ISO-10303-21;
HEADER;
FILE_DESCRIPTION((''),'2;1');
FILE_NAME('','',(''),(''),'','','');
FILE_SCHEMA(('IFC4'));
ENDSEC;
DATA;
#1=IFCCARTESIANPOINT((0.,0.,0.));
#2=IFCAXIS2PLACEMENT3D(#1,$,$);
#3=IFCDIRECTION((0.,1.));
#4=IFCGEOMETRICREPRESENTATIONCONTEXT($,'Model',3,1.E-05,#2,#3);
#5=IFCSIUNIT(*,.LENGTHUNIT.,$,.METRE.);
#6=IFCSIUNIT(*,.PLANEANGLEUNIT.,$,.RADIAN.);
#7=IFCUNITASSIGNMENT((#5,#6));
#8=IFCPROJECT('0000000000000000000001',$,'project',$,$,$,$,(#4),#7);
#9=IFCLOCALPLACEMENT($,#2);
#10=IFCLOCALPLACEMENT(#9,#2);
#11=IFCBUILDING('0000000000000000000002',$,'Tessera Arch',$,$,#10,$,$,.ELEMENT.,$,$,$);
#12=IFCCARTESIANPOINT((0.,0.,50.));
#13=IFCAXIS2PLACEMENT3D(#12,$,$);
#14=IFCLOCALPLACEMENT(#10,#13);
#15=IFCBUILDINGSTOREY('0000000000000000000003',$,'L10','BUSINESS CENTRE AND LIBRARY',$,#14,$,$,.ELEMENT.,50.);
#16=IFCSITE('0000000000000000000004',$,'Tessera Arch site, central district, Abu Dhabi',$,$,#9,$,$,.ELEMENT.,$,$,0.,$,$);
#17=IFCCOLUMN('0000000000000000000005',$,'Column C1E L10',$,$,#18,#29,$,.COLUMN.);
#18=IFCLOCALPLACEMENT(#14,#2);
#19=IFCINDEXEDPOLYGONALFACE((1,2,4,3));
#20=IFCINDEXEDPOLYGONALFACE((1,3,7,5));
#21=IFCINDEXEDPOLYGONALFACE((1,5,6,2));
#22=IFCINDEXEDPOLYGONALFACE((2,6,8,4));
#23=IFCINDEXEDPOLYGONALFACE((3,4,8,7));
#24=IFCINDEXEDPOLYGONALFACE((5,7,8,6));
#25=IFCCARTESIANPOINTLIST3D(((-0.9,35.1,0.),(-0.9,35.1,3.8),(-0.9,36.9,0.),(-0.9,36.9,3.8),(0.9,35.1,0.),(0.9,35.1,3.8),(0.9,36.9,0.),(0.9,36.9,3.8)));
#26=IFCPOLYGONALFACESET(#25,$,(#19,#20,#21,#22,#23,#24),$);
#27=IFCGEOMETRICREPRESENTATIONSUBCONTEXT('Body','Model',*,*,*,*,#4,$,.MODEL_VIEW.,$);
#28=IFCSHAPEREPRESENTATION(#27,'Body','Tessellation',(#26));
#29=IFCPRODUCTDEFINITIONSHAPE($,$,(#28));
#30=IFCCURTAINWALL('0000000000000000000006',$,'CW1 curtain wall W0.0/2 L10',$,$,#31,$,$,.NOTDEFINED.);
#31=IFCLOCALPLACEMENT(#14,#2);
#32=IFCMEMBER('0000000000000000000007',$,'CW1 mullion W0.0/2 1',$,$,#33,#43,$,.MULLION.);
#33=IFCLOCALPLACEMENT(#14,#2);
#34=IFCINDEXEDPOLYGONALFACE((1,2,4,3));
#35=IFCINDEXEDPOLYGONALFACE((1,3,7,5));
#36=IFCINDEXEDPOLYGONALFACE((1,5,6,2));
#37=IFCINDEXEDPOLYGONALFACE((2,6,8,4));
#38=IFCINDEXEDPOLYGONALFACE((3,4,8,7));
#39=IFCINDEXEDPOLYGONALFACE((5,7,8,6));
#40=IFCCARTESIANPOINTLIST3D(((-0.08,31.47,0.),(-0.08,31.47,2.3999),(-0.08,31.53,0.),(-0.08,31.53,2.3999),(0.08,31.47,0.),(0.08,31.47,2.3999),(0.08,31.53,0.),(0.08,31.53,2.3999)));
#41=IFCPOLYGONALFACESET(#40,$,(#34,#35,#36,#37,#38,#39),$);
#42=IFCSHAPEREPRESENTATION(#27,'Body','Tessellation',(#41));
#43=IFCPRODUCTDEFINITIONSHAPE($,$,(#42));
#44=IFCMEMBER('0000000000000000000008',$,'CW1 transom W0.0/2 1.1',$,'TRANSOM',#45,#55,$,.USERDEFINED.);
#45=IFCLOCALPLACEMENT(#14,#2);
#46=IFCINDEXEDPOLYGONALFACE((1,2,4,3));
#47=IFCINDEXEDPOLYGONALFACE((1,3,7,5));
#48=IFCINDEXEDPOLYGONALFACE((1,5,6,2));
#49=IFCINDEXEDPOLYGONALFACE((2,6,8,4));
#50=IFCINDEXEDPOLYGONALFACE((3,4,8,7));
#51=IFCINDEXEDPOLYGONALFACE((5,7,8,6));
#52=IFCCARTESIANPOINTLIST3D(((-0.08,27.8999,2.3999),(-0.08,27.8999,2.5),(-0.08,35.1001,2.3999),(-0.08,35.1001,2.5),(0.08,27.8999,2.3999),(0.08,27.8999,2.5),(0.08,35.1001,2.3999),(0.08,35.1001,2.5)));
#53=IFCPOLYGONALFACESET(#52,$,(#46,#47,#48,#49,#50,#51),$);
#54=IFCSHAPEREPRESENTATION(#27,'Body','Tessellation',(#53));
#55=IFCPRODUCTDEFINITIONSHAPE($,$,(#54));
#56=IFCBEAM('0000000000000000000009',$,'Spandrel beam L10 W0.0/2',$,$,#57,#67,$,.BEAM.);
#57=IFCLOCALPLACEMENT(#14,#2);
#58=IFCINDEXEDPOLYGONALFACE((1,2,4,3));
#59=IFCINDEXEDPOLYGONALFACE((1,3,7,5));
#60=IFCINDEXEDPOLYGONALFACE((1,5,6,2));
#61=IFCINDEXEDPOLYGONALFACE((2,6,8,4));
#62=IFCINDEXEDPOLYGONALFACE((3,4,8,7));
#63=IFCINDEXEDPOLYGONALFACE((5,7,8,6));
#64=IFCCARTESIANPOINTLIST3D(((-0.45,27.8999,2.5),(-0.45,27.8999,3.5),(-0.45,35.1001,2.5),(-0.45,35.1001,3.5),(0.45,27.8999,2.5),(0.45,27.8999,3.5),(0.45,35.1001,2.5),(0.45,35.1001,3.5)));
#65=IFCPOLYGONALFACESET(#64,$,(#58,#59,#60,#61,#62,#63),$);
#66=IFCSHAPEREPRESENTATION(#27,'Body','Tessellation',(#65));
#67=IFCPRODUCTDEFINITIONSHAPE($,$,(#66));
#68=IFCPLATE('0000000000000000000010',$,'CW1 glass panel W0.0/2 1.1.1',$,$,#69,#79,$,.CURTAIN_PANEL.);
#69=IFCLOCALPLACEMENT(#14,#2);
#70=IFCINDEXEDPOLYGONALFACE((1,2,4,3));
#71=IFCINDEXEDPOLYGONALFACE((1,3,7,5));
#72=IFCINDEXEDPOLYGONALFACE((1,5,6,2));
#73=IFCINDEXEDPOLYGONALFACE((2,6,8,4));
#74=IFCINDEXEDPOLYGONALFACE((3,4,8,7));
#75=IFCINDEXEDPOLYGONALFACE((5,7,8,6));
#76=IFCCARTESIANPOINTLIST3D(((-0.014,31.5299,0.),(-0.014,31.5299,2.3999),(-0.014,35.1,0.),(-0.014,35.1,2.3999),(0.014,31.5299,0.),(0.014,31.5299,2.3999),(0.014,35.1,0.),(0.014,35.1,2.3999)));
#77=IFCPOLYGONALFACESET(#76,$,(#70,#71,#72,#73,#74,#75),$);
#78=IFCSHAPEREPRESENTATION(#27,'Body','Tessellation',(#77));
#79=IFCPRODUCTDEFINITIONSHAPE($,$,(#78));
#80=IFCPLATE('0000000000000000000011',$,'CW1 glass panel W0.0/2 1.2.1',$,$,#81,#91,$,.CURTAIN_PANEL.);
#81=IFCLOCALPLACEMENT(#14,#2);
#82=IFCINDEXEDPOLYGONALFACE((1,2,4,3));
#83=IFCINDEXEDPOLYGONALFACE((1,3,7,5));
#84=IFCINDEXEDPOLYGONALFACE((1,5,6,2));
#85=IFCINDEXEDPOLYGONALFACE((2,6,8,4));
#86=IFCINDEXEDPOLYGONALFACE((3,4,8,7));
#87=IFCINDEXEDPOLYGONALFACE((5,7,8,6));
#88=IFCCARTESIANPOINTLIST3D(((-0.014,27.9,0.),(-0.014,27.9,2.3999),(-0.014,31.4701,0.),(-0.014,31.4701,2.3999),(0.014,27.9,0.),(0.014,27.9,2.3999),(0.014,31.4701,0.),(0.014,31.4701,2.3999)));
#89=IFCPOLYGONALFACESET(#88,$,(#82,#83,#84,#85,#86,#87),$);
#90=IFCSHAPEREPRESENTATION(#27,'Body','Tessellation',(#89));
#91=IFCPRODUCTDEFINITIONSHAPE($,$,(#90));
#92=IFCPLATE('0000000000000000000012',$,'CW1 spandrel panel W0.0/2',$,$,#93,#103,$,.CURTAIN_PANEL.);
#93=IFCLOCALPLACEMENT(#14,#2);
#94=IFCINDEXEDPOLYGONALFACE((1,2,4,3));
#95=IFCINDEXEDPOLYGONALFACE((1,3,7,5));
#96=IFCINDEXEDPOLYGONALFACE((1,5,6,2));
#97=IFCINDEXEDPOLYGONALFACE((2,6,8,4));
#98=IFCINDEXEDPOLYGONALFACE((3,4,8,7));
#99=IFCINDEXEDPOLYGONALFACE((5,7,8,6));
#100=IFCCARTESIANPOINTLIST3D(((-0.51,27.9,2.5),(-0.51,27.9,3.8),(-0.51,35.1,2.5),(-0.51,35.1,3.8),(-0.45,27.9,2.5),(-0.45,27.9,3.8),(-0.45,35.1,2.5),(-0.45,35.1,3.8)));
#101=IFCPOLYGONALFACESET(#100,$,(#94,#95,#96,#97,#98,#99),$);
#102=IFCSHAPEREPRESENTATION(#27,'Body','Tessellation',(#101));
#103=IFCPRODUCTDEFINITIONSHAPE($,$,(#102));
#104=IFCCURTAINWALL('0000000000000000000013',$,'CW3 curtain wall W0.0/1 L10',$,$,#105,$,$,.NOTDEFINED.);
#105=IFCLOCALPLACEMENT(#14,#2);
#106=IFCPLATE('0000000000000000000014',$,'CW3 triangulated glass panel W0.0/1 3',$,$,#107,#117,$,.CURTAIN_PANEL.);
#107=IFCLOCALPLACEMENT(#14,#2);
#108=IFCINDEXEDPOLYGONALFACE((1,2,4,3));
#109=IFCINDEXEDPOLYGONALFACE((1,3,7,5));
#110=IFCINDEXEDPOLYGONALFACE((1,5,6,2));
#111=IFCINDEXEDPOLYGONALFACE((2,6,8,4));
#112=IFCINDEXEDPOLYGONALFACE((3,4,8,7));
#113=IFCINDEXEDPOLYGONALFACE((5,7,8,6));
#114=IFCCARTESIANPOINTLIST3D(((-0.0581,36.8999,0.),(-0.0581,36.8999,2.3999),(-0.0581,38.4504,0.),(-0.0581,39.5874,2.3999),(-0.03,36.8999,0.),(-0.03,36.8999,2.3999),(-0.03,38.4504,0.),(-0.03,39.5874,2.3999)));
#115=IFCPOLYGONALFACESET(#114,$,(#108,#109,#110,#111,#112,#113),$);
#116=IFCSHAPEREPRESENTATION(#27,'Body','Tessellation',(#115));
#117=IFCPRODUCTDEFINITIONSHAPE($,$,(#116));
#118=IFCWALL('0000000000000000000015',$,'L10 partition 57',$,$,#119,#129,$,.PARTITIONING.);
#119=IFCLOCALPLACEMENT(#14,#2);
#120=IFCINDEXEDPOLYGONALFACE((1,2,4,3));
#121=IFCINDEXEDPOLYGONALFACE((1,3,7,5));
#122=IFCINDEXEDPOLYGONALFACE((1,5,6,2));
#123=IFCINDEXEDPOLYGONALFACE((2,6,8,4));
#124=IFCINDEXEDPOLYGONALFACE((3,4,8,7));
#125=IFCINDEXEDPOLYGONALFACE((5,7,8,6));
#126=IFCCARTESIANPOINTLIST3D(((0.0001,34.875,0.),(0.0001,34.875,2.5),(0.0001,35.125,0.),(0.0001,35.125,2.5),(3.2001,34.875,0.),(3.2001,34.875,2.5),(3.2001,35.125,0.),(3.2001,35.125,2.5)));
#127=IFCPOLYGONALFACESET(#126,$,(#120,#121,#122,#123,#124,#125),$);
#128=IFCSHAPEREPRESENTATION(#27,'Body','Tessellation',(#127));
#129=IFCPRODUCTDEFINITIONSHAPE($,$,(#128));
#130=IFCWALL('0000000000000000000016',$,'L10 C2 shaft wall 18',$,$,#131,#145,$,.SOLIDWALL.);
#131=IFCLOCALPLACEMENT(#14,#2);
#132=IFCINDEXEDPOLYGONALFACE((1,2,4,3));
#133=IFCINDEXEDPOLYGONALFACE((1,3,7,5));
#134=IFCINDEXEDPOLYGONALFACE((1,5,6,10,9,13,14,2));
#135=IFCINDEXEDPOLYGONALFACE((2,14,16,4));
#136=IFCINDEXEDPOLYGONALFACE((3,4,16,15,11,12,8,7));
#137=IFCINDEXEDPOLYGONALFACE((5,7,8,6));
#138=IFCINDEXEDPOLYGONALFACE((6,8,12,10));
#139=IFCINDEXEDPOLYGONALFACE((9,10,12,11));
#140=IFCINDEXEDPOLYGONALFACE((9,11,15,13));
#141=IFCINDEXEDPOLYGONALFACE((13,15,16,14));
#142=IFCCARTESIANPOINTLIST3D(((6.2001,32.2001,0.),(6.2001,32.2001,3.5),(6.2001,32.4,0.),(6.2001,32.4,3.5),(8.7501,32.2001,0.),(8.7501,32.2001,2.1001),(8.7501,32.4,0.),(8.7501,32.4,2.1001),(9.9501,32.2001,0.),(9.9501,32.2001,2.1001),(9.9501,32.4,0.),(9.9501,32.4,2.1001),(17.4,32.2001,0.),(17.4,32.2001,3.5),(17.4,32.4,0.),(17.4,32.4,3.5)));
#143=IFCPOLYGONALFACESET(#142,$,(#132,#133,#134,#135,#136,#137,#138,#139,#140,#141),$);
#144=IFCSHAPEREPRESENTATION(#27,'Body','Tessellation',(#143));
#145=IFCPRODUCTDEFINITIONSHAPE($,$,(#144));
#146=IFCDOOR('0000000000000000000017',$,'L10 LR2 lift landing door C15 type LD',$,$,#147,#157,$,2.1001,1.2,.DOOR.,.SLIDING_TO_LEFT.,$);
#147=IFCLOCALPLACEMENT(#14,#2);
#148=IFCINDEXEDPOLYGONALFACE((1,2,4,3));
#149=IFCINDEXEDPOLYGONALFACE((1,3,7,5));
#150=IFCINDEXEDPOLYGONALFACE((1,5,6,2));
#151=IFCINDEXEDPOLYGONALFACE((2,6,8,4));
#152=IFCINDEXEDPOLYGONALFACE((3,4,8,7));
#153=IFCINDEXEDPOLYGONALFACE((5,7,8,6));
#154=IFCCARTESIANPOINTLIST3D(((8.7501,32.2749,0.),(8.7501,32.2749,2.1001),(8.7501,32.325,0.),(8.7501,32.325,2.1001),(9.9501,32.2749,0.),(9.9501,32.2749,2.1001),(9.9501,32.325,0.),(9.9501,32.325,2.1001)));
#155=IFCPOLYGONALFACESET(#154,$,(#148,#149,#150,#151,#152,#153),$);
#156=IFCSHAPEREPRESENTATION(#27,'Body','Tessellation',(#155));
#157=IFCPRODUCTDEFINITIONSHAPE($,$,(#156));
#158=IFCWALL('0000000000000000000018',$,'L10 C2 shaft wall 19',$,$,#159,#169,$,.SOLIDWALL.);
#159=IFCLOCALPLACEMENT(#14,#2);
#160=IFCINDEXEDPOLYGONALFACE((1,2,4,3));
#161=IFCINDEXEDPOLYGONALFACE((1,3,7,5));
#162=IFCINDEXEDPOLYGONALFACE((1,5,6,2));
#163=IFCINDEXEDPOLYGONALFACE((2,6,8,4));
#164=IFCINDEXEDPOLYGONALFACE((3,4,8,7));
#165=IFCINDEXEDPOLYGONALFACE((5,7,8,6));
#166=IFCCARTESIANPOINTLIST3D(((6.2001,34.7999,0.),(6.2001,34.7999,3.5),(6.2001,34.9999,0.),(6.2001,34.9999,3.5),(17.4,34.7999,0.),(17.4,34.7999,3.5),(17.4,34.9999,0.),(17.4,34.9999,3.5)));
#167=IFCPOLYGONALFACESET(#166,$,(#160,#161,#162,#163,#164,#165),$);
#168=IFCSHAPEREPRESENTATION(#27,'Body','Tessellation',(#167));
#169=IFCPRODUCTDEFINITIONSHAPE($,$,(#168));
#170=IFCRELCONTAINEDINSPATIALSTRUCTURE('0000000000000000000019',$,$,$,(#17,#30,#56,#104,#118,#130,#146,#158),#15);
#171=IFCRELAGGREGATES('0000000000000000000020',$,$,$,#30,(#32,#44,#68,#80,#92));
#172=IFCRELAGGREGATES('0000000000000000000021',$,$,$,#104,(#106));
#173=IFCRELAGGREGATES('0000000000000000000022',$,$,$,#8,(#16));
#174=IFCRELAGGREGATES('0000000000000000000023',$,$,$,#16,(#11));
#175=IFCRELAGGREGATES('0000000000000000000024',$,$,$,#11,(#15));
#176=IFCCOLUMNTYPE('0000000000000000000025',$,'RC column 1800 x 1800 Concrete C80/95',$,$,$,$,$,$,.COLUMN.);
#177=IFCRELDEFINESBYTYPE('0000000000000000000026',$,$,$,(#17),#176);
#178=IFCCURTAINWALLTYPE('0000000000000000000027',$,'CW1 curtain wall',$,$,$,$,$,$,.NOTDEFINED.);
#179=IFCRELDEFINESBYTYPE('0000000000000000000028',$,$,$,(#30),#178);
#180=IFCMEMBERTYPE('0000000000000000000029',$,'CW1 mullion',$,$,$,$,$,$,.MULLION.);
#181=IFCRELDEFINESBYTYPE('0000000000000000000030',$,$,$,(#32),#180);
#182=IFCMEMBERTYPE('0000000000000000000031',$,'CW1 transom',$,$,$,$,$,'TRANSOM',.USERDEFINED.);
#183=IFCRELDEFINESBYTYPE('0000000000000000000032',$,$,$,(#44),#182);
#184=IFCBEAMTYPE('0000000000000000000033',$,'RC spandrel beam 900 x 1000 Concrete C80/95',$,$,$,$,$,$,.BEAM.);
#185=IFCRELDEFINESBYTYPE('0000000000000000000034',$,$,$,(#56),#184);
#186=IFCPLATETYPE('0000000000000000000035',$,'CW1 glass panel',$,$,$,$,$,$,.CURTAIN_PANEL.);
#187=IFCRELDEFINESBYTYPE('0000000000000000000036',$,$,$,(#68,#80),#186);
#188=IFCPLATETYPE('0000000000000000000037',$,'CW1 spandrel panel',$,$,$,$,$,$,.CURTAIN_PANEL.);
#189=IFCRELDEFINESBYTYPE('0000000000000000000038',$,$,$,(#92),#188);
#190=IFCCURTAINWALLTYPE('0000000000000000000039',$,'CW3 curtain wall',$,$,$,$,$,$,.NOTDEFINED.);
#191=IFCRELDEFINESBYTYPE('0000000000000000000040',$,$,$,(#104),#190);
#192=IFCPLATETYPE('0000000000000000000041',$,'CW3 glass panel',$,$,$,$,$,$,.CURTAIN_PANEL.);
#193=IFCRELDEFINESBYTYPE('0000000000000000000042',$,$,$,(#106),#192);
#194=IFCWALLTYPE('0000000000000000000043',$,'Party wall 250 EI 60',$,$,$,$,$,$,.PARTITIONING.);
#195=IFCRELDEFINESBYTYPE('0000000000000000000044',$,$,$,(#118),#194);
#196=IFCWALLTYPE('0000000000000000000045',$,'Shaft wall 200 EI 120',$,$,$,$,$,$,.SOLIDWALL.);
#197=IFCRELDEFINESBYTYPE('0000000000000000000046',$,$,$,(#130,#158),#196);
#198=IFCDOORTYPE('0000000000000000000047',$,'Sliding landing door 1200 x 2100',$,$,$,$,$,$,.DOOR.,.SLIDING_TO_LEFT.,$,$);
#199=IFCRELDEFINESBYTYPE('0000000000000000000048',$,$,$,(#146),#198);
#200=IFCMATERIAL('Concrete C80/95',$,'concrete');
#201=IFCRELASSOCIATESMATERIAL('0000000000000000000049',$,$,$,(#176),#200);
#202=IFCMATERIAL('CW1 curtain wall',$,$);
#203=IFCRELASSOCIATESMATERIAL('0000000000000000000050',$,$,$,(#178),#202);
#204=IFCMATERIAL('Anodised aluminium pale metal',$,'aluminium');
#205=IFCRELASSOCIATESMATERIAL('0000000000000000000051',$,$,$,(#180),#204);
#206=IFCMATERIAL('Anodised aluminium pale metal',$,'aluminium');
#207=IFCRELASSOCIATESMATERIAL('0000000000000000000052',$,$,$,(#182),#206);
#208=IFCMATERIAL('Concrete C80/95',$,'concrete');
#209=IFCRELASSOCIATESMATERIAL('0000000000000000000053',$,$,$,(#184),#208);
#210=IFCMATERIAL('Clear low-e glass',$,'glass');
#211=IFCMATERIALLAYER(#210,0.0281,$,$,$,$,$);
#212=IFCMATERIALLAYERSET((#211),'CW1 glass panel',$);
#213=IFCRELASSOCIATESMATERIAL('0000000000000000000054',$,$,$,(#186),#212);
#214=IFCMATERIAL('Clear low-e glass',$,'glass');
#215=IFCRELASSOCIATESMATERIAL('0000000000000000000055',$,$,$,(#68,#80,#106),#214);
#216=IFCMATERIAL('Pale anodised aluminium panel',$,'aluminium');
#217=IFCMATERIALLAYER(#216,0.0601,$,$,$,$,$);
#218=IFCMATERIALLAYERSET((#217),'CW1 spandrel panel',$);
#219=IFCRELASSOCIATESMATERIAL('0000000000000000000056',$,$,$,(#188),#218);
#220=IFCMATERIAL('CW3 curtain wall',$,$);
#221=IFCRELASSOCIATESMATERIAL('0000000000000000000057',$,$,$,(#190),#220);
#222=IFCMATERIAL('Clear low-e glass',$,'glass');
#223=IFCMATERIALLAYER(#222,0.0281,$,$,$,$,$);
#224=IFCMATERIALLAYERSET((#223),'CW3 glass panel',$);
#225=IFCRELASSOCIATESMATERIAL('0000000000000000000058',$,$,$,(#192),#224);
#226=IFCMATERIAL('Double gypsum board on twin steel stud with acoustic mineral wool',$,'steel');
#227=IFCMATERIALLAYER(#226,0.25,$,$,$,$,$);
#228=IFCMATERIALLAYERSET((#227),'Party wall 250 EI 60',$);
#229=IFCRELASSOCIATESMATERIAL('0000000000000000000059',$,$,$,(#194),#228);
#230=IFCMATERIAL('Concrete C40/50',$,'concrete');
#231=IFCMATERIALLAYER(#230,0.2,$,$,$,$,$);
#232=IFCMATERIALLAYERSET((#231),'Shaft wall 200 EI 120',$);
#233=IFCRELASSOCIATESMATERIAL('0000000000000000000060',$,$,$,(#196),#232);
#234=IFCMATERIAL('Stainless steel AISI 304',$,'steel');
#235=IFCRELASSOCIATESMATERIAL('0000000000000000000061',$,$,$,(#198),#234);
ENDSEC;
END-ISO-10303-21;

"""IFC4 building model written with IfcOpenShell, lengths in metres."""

from ifc_helpers import new_model, si_unit, direction, frame, frame_2d, origin, origin_2d, place, context, subcontext, project, spatial, polyline, rectangle, outline, extrude, material, layer, layer_set, material_profile, profile_set, type_object, element, fill, aggregate, save


model = new_model("IFC4")

# Units and contexts
model_context = context("Model", 3, precision=1e-05, world=origin(), true_north=direction((0.0, 1.0)))
body_context = subcontext(model_context, "Body", "Model", "MODEL_VIEW")
ifc_project = project(units=[si_unit("LENGTHUNIT", "METRE"), si_unit("PLANEANGLEUNIT", "RADIAN")], contexts=[model_context])

# Site, building, storey
site_placement = place(None, origin())
site = spatial("IfcSite", under=ifc_project, at=site_placement, Name="Tessera Arch site, central district, Abu Dhabi", CompositionType="ELEMENT", RefElevation=0.0)
building_placement = place(site_placement, origin())
building = spatial("IfcBuilding", under=site, at=building_placement, Name="Tessera Arch", CompositionType="ELEMENT")
storey_placement = place(building_placement, frame((0.0, 0.0, 50.0)))
storey = spatial("IfcBuildingStorey", under=building, at=storey_placement, Name="L10", Description="BUSINESS CENTRE AND LIBRARY", CompositionType="ELEMENT", Elevation=50.0)

# Column
ifc_material_1 = material(Name="Concrete C80/95", Category="concrete")
ifc_material_profile_1 = material_profile(ifc_material_1, rectangle(XDim=1.8, YDim=1.8, at=origin_2d()), Name="RC column 1800 x 1800 Concrete C80/95")
ifc_profile_set_1 = profile_set([ifc_material_profile_1], Name="Concrete C80/95")
column_type = type_object("IfcColumnType", Name="RC column 1800 x 1800 Concrete C80/95", PredefinedType="COLUMN", material=ifc_profile_set_1)
column_placement = place(storey_placement, frame((0.0, 36.0, 0.0), z_axis=(0.0, 0.0, 1.0), x_axis=(1.0, 0.0, 0.0)))
element("IfcColumn", 1, at=column_placement, inside=storey, type_object=column_type, Name="Column C1E L10", PredefinedType="COLUMN", context=body_context, shape_type="SweptSolid", body=[
    extrude(rectangle(XDim=1.8, YDim=1.8, at=origin_2d()), origin(), (0.0, 0.0, 1.0), 3.8),
])

# Curtain wall, members
ifc_material_2 = material(Name="CW1 curtain wall")
curtain_wall_type_1 = type_object("IfcCurtainWallType", Name="CW1 curtain wall", PredefinedType="NOTDEFINED", material=ifc_material_2)
curtain_wall_1_placement = place(storey_placement, origin())
curtain_wall_1 = element("IfcCurtainWall", 2, at=curtain_wall_1_placement, inside=storey, type_object=curtain_wall_type_1, Name="CW1 curtain wall W0.0/2 L10", PredefinedType="NOTDEFINED")
ifc_material_3 = material(Name="Anodised aluminium pale metal", Category="aluminium")
ifc_material_profile_2 = material_profile(ifc_material_3, rectangle(XDim=0.1599, YDim=0.0601, at=origin_2d()), Name="AL 60x160")
ifc_profile_set_2 = profile_set([ifc_material_profile_2], Name="Anodised aluminium pale metal")
member_type_1 = type_object("IfcMemberType", Name="CW1 mullion", PredefinedType="MULLION", material=ifc_profile_set_2)
member_1_placement = place(storey_placement, frame((0.0, 31.5, 0.0), z_axis=(0.0, 0.0, 1.0), x_axis=(1.0, 0.0, 0.0)))
member_1 = element("IfcMember", 3, at=member_1_placement, type_object=member_type_1, Name="CW1 mullion W0.0/2 1", PredefinedType="MULLION", context=body_context, shape_type="SweptSolid", body=[
    extrude(rectangle(XDim=0.1599, YDim=0.0601, at=origin_2d()), origin(), (0.0, 0.0, 1.0), 2.3999),
])
ifc_material_4 = material(Name="Anodised aluminium pale metal", Category="aluminium")
ifc_material_profile_3 = material_profile(ifc_material_4, rectangle(XDim=0.1599, YDim=0.1001, at=origin_2d()), Name="AL 160x100")
ifc_profile_set_3 = profile_set([ifc_material_profile_3], Name="Anodised aluminium pale metal")
member_type_2 = type_object("IfcMemberType", Name="CW1 transom", ElementType="TRANSOM", PredefinedType="USERDEFINED", material=ifc_profile_set_3)
member_2_placement = place(storey_placement, frame((0.0, 35.1001, 2.45), z_axis=(0.0, -1.0, 0.0), x_axis=(1.0, 0.0, 0.0)))
member_2 = element("IfcMember", 4, at=member_2_placement, type_object=member_type_2, Name="CW1 transom W0.0/2 1.1", ObjectType="TRANSOM", PredefinedType="USERDEFINED", context=body_context, shape_type="SweptSolid", body=[
    extrude(rectangle(XDim=0.1599, YDim=0.1001, at=origin_2d()), origin(), (0.0, 0.0, 1.0), 7.2002),
])

# Beam
ifc_material_5 = material(Name="Concrete C80/95", Category="concrete")
ifc_material_profile_4 = material_profile(ifc_material_5, rectangle(XDim=0.8999, YDim=1.0, at=origin_2d()), Name="RC spandrel beam 900 x 1000 Concrete C80/95")
ifc_profile_set_4 = profile_set([ifc_material_profile_4], Name="Concrete C80/95")
beam_type = type_object("IfcBeamType", Name="RC spandrel beam 900 x 1000 Concrete C80/95", PredefinedType="BEAM", material=ifc_profile_set_4)
beam_placement = place(storey_placement, frame((0.0, 35.1001, 3.0), z_axis=(0.0, -1.0, 0.0), x_axis=(1.0, 0.0, 0.0)))
element("IfcBeam", 5, at=beam_placement, inside=storey, type_object=beam_type, Name="Spandrel beam L10 W0.0/2", PredefinedType="BEAM", context=body_context, shape_type="SweptSolid", body=[
    extrude(rectangle(XDim=0.8999, YDim=1.0, at=origin_2d()), origin(), (0.0, 0.0, 1.0), 7.2002),
])

# Plates
ifc_material_6 = material(Name="Clear low-e glass", Category="glass")
ifc_material_7 = material(Name="Clear low-e glass", Category="glass")
ifc_layer_1 = layer(ifc_material_7, 0.0281)
ifc_layer_set_1 = layer_set([ifc_layer_1], Name="CW1 glass panel")
plate_type_1 = type_object("IfcPlateType", Name="CW1 glass panel", PredefinedType="CURTAIN_PANEL", material=ifc_layer_set_1)
plate_1_placement = place(storey_placement, frame((0.0, 33.3149, 0.0), z_axis=(0.0, 0.0, 1.0), x_axis=(0.0, -1.0, 0.0)))
plate_1 = element("IfcPlate", 6, at=plate_1_placement, type_object=plate_type_1, material=ifc_material_6, Name="CW1 glass panel W0.0/2 1.1.1", PredefinedType="CURTAIN_PANEL", context=body_context, shape_type="SweptSolid", body=[
    extrude(rectangle(XDim=3.5701, YDim=0.0281, at=origin_2d()), origin(), (0.0, 0.0, 1.0), 2.3999),
])
plate_2_placement = place(storey_placement, frame((0.0, 29.6851, 0.0), z_axis=(0.0, 0.0, 1.0), x_axis=(0.0, -1.0, 0.0)))
plate_2 = element("IfcPlate", 7, at=plate_2_placement, type_object=plate_type_1, material=ifc_material_6, Name="CW1 glass panel W0.0/2 1.2.1", PredefinedType="CURTAIN_PANEL", context=body_context, shape_type="SweptSolid", body=[
    extrude(rectangle(XDim=3.5701, YDim=0.0281, at=origin_2d()), origin(), (0.0, 0.0, 1.0), 2.3999),
])
ifc_material_8 = material(Name="Pale anodised aluminium panel", Category="aluminium")
ifc_layer_2 = layer(ifc_material_8, 0.0601)
ifc_layer_set_2 = layer_set([ifc_layer_2], Name="CW1 spandrel panel")
plate_type_2 = type_object("IfcPlateType", Name="CW1 spandrel panel", PredefinedType="CURTAIN_PANEL", material=ifc_layer_set_2)
plate_3_placement = place(storey_placement, frame((-0.48, 31.5, 2.5), z_axis=(0.0, 0.0, 1.0), x_axis=(0.0, -1.0, 0.0)))
plate_3 = element("IfcPlate", 8, at=plate_3_placement, type_object=plate_type_2, Name="CW1 spandrel panel W0.0/2", PredefinedType="CURTAIN_PANEL", context=body_context, shape_type="SweptSolid", body=[
    extrude(rectangle(XDim=7.2, YDim=0.0601, at=origin_2d()), origin(), (0.0, 0.0, 1.0), 1.3),
])
aggregate(curtain_wall_1, [member_1, member_2, plate_1, plate_2, plate_3])

# Curtain wall, plate
ifc_material_9 = material(Name="CW3 curtain wall")
curtain_wall_type_2 = type_object("IfcCurtainWallType", Name="CW3 curtain wall", PredefinedType="NOTDEFINED", material=ifc_material_9)
curtain_wall_2_placement = place(storey_placement, origin())
curtain_wall_2 = element("IfcCurtainWall", 9, at=curtain_wall_2_placement, inside=storey, type_object=curtain_wall_type_2, Name="CW3 curtain wall W0.0/1 L10", PredefinedType="NOTDEFINED")
ifc_material_10 = material(Name="Clear low-e glass", Category="glass")
ifc_layer_3 = layer(ifc_material_10, 0.0281)
ifc_layer_set_3 = layer_set([ifc_layer_3], Name="CW3 glass panel")
plate_type_3 = type_object("IfcPlateType", Name="CW3 glass panel", PredefinedType="CURTAIN_PANEL", material=ifc_layer_set_3)
plate_4_placement = place(storey_placement, frame((-0.0581, 36.8999, 2.3999), z_axis=(-1.0, 0.0, 0.0), x_axis=(0.0, 1.0, 0.0)))
plate_4 = element("IfcPlate", 10, at=plate_4_placement, type_object=plate_type_3, material=ifc_material_6, Name="CW3 triangulated glass panel W0.0/1 3", PredefinedType="CURTAIN_PANEL", context=body_context, shape_type="SweptSolid", body=[
    extrude(outline(polyline([(0.0, 0.0), (2.6875, 0.0), (1.5505, 2.3999), (0.0, 2.3999), (0.0, 0.0)])), origin(), (0.0, 0.0, -1.0), 0.0281),
])
aggregate(curtain_wall_2, [plate_4])

# Wall
ifc_material_11 = material(Name="Double gypsum board on twin steel stud with acoustic mineral wool", Category="steel")
ifc_layer_4 = layer(ifc_material_11, 0.25)
ifc_layer_set_4 = layer_set([ifc_layer_4], Name="Party wall 250 EI 60")
wall_type_1 = type_object("IfcWallType", Name="Party wall 250 EI 60", PredefinedType="PARTITIONING", material=ifc_layer_set_4)
wall_1_placement = place(storey_placement, frame((0.0, 35.0, 0.0), z_axis=(0.0, 0.0, 1.0), x_axis=(1.0, 0.0, 0.0)))
element("IfcWall", 11, at=wall_1_placement, inside=storey, type_object=wall_type_1, Name="L10 partition 57", PredefinedType="PARTITIONING", context=body_context, shape_type="SweptSolid", body=[
    extrude(rectangle(XDim=3.2, YDim=0.25, at=frame_2d((1.6001, 0.0))), origin(), (0.0, 0.0, 1.0), 2.5),
])

# Wall, opening, door
ifc_material_12 = material(Name="Concrete C40/50", Category="concrete")
ifc_layer_5 = layer(ifc_material_12, 0.2)
ifc_layer_set_5 = layer_set([ifc_layer_5], Name="Shaft wall 200 EI 120")
wall_type_2 = type_object("IfcWallType", Name="Shaft wall 200 EI 120", PredefinedType="SOLIDWALL", material=ifc_layer_set_5)
wall_2_placement = place(storey_placement, frame((6.2, 32.3, 0.0), z_axis=(0.0, 0.0, 1.0), x_axis=(1.0, 0.0, 0.0)))
wall_2 = element("IfcWall", 12, at=wall_2_placement, inside=storey, type_object=wall_type_2, Name="L10 C2 shaft wall 18", PredefinedType="SOLIDWALL", context=body_context, shape_type="SweptSolid", body=[
    extrude(rectangle(XDim=11.2, YDim=0.2, at=frame_2d((5.6001, 0.0))), origin(), (0.0, 0.0, 1.0), 3.5),
])
opening_1_placement = place(wall_2_placement, frame((2.55, 0.0, 0.0)))
opening_1 = element("IfcOpeningElement", 13, at=opening_1_placement, cuts=wall_2, PredefinedType="OPENING", context=body_context, shape_type="SweptSolid", body=[
    extrude(rectangle(XDim=1.2, YDim=2.1001, at=frame_2d((0.6001, 1.05))), frame((0.0, 0.1099, 0.0), z_axis=(0.0, -1.0, 0.0), x_axis=(1.0, 0.0, 0.0)), (0.0, 0.0, 1.0), 0.22),
])
ifc_material_13 = material(Name="Stainless steel AISI 304", Category="steel")
door_type = type_object("IfcDoorType", Name="Sliding landing door 1200 x 2100", OperationType="SLIDING_TO_LEFT", PredefinedType="DOOR", material=ifc_material_13)
door_1_placement = place(opening_1_placement, origin())
door_1 = element("IfcDoor", 14, at=door_1_placement, inside=storey, type_object=door_type, Name="L10 LR2 lift landing door C15 type LD", OperationType="SLIDING_TO_LEFT", OverallHeight=2.1001, OverallWidth=1.2, PredefinedType="DOOR", context=body_context, shape_type="SweptSolid", body=[
    extrude(rectangle(XDim=1.2, YDim=2.1001, at=frame_2d((0.6001, 1.05))), frame((0.0, 0.0249, 0.0), z_axis=(0.0, -1.0, 0.0), x_axis=(1.0, 0.0, 0.0)), (0.0, 0.0, 1.0), 0.05),
])
fill(opening_1, door_1)

# Wall
wall_3_placement = place(storey_placement, frame((6.2, 34.8999, 0.0), z_axis=(0.0, 0.0, 1.0), x_axis=(1.0, 0.0, 0.0)))
element("IfcWall", 15, at=wall_3_placement, inside=storey, type_object=wall_type_2, Name="L10 C2 shaft wall 19", PredefinedType="SOLIDWALL", context=body_context, shape_type="SweptSolid", body=[
    extrude(rectangle(XDim=11.2, YDim=0.2, at=frame_2d((5.6001, 0.0))), origin(), (0.0, 0.0, 1.0), 3.5),
])

save(model, "model.ifc")
